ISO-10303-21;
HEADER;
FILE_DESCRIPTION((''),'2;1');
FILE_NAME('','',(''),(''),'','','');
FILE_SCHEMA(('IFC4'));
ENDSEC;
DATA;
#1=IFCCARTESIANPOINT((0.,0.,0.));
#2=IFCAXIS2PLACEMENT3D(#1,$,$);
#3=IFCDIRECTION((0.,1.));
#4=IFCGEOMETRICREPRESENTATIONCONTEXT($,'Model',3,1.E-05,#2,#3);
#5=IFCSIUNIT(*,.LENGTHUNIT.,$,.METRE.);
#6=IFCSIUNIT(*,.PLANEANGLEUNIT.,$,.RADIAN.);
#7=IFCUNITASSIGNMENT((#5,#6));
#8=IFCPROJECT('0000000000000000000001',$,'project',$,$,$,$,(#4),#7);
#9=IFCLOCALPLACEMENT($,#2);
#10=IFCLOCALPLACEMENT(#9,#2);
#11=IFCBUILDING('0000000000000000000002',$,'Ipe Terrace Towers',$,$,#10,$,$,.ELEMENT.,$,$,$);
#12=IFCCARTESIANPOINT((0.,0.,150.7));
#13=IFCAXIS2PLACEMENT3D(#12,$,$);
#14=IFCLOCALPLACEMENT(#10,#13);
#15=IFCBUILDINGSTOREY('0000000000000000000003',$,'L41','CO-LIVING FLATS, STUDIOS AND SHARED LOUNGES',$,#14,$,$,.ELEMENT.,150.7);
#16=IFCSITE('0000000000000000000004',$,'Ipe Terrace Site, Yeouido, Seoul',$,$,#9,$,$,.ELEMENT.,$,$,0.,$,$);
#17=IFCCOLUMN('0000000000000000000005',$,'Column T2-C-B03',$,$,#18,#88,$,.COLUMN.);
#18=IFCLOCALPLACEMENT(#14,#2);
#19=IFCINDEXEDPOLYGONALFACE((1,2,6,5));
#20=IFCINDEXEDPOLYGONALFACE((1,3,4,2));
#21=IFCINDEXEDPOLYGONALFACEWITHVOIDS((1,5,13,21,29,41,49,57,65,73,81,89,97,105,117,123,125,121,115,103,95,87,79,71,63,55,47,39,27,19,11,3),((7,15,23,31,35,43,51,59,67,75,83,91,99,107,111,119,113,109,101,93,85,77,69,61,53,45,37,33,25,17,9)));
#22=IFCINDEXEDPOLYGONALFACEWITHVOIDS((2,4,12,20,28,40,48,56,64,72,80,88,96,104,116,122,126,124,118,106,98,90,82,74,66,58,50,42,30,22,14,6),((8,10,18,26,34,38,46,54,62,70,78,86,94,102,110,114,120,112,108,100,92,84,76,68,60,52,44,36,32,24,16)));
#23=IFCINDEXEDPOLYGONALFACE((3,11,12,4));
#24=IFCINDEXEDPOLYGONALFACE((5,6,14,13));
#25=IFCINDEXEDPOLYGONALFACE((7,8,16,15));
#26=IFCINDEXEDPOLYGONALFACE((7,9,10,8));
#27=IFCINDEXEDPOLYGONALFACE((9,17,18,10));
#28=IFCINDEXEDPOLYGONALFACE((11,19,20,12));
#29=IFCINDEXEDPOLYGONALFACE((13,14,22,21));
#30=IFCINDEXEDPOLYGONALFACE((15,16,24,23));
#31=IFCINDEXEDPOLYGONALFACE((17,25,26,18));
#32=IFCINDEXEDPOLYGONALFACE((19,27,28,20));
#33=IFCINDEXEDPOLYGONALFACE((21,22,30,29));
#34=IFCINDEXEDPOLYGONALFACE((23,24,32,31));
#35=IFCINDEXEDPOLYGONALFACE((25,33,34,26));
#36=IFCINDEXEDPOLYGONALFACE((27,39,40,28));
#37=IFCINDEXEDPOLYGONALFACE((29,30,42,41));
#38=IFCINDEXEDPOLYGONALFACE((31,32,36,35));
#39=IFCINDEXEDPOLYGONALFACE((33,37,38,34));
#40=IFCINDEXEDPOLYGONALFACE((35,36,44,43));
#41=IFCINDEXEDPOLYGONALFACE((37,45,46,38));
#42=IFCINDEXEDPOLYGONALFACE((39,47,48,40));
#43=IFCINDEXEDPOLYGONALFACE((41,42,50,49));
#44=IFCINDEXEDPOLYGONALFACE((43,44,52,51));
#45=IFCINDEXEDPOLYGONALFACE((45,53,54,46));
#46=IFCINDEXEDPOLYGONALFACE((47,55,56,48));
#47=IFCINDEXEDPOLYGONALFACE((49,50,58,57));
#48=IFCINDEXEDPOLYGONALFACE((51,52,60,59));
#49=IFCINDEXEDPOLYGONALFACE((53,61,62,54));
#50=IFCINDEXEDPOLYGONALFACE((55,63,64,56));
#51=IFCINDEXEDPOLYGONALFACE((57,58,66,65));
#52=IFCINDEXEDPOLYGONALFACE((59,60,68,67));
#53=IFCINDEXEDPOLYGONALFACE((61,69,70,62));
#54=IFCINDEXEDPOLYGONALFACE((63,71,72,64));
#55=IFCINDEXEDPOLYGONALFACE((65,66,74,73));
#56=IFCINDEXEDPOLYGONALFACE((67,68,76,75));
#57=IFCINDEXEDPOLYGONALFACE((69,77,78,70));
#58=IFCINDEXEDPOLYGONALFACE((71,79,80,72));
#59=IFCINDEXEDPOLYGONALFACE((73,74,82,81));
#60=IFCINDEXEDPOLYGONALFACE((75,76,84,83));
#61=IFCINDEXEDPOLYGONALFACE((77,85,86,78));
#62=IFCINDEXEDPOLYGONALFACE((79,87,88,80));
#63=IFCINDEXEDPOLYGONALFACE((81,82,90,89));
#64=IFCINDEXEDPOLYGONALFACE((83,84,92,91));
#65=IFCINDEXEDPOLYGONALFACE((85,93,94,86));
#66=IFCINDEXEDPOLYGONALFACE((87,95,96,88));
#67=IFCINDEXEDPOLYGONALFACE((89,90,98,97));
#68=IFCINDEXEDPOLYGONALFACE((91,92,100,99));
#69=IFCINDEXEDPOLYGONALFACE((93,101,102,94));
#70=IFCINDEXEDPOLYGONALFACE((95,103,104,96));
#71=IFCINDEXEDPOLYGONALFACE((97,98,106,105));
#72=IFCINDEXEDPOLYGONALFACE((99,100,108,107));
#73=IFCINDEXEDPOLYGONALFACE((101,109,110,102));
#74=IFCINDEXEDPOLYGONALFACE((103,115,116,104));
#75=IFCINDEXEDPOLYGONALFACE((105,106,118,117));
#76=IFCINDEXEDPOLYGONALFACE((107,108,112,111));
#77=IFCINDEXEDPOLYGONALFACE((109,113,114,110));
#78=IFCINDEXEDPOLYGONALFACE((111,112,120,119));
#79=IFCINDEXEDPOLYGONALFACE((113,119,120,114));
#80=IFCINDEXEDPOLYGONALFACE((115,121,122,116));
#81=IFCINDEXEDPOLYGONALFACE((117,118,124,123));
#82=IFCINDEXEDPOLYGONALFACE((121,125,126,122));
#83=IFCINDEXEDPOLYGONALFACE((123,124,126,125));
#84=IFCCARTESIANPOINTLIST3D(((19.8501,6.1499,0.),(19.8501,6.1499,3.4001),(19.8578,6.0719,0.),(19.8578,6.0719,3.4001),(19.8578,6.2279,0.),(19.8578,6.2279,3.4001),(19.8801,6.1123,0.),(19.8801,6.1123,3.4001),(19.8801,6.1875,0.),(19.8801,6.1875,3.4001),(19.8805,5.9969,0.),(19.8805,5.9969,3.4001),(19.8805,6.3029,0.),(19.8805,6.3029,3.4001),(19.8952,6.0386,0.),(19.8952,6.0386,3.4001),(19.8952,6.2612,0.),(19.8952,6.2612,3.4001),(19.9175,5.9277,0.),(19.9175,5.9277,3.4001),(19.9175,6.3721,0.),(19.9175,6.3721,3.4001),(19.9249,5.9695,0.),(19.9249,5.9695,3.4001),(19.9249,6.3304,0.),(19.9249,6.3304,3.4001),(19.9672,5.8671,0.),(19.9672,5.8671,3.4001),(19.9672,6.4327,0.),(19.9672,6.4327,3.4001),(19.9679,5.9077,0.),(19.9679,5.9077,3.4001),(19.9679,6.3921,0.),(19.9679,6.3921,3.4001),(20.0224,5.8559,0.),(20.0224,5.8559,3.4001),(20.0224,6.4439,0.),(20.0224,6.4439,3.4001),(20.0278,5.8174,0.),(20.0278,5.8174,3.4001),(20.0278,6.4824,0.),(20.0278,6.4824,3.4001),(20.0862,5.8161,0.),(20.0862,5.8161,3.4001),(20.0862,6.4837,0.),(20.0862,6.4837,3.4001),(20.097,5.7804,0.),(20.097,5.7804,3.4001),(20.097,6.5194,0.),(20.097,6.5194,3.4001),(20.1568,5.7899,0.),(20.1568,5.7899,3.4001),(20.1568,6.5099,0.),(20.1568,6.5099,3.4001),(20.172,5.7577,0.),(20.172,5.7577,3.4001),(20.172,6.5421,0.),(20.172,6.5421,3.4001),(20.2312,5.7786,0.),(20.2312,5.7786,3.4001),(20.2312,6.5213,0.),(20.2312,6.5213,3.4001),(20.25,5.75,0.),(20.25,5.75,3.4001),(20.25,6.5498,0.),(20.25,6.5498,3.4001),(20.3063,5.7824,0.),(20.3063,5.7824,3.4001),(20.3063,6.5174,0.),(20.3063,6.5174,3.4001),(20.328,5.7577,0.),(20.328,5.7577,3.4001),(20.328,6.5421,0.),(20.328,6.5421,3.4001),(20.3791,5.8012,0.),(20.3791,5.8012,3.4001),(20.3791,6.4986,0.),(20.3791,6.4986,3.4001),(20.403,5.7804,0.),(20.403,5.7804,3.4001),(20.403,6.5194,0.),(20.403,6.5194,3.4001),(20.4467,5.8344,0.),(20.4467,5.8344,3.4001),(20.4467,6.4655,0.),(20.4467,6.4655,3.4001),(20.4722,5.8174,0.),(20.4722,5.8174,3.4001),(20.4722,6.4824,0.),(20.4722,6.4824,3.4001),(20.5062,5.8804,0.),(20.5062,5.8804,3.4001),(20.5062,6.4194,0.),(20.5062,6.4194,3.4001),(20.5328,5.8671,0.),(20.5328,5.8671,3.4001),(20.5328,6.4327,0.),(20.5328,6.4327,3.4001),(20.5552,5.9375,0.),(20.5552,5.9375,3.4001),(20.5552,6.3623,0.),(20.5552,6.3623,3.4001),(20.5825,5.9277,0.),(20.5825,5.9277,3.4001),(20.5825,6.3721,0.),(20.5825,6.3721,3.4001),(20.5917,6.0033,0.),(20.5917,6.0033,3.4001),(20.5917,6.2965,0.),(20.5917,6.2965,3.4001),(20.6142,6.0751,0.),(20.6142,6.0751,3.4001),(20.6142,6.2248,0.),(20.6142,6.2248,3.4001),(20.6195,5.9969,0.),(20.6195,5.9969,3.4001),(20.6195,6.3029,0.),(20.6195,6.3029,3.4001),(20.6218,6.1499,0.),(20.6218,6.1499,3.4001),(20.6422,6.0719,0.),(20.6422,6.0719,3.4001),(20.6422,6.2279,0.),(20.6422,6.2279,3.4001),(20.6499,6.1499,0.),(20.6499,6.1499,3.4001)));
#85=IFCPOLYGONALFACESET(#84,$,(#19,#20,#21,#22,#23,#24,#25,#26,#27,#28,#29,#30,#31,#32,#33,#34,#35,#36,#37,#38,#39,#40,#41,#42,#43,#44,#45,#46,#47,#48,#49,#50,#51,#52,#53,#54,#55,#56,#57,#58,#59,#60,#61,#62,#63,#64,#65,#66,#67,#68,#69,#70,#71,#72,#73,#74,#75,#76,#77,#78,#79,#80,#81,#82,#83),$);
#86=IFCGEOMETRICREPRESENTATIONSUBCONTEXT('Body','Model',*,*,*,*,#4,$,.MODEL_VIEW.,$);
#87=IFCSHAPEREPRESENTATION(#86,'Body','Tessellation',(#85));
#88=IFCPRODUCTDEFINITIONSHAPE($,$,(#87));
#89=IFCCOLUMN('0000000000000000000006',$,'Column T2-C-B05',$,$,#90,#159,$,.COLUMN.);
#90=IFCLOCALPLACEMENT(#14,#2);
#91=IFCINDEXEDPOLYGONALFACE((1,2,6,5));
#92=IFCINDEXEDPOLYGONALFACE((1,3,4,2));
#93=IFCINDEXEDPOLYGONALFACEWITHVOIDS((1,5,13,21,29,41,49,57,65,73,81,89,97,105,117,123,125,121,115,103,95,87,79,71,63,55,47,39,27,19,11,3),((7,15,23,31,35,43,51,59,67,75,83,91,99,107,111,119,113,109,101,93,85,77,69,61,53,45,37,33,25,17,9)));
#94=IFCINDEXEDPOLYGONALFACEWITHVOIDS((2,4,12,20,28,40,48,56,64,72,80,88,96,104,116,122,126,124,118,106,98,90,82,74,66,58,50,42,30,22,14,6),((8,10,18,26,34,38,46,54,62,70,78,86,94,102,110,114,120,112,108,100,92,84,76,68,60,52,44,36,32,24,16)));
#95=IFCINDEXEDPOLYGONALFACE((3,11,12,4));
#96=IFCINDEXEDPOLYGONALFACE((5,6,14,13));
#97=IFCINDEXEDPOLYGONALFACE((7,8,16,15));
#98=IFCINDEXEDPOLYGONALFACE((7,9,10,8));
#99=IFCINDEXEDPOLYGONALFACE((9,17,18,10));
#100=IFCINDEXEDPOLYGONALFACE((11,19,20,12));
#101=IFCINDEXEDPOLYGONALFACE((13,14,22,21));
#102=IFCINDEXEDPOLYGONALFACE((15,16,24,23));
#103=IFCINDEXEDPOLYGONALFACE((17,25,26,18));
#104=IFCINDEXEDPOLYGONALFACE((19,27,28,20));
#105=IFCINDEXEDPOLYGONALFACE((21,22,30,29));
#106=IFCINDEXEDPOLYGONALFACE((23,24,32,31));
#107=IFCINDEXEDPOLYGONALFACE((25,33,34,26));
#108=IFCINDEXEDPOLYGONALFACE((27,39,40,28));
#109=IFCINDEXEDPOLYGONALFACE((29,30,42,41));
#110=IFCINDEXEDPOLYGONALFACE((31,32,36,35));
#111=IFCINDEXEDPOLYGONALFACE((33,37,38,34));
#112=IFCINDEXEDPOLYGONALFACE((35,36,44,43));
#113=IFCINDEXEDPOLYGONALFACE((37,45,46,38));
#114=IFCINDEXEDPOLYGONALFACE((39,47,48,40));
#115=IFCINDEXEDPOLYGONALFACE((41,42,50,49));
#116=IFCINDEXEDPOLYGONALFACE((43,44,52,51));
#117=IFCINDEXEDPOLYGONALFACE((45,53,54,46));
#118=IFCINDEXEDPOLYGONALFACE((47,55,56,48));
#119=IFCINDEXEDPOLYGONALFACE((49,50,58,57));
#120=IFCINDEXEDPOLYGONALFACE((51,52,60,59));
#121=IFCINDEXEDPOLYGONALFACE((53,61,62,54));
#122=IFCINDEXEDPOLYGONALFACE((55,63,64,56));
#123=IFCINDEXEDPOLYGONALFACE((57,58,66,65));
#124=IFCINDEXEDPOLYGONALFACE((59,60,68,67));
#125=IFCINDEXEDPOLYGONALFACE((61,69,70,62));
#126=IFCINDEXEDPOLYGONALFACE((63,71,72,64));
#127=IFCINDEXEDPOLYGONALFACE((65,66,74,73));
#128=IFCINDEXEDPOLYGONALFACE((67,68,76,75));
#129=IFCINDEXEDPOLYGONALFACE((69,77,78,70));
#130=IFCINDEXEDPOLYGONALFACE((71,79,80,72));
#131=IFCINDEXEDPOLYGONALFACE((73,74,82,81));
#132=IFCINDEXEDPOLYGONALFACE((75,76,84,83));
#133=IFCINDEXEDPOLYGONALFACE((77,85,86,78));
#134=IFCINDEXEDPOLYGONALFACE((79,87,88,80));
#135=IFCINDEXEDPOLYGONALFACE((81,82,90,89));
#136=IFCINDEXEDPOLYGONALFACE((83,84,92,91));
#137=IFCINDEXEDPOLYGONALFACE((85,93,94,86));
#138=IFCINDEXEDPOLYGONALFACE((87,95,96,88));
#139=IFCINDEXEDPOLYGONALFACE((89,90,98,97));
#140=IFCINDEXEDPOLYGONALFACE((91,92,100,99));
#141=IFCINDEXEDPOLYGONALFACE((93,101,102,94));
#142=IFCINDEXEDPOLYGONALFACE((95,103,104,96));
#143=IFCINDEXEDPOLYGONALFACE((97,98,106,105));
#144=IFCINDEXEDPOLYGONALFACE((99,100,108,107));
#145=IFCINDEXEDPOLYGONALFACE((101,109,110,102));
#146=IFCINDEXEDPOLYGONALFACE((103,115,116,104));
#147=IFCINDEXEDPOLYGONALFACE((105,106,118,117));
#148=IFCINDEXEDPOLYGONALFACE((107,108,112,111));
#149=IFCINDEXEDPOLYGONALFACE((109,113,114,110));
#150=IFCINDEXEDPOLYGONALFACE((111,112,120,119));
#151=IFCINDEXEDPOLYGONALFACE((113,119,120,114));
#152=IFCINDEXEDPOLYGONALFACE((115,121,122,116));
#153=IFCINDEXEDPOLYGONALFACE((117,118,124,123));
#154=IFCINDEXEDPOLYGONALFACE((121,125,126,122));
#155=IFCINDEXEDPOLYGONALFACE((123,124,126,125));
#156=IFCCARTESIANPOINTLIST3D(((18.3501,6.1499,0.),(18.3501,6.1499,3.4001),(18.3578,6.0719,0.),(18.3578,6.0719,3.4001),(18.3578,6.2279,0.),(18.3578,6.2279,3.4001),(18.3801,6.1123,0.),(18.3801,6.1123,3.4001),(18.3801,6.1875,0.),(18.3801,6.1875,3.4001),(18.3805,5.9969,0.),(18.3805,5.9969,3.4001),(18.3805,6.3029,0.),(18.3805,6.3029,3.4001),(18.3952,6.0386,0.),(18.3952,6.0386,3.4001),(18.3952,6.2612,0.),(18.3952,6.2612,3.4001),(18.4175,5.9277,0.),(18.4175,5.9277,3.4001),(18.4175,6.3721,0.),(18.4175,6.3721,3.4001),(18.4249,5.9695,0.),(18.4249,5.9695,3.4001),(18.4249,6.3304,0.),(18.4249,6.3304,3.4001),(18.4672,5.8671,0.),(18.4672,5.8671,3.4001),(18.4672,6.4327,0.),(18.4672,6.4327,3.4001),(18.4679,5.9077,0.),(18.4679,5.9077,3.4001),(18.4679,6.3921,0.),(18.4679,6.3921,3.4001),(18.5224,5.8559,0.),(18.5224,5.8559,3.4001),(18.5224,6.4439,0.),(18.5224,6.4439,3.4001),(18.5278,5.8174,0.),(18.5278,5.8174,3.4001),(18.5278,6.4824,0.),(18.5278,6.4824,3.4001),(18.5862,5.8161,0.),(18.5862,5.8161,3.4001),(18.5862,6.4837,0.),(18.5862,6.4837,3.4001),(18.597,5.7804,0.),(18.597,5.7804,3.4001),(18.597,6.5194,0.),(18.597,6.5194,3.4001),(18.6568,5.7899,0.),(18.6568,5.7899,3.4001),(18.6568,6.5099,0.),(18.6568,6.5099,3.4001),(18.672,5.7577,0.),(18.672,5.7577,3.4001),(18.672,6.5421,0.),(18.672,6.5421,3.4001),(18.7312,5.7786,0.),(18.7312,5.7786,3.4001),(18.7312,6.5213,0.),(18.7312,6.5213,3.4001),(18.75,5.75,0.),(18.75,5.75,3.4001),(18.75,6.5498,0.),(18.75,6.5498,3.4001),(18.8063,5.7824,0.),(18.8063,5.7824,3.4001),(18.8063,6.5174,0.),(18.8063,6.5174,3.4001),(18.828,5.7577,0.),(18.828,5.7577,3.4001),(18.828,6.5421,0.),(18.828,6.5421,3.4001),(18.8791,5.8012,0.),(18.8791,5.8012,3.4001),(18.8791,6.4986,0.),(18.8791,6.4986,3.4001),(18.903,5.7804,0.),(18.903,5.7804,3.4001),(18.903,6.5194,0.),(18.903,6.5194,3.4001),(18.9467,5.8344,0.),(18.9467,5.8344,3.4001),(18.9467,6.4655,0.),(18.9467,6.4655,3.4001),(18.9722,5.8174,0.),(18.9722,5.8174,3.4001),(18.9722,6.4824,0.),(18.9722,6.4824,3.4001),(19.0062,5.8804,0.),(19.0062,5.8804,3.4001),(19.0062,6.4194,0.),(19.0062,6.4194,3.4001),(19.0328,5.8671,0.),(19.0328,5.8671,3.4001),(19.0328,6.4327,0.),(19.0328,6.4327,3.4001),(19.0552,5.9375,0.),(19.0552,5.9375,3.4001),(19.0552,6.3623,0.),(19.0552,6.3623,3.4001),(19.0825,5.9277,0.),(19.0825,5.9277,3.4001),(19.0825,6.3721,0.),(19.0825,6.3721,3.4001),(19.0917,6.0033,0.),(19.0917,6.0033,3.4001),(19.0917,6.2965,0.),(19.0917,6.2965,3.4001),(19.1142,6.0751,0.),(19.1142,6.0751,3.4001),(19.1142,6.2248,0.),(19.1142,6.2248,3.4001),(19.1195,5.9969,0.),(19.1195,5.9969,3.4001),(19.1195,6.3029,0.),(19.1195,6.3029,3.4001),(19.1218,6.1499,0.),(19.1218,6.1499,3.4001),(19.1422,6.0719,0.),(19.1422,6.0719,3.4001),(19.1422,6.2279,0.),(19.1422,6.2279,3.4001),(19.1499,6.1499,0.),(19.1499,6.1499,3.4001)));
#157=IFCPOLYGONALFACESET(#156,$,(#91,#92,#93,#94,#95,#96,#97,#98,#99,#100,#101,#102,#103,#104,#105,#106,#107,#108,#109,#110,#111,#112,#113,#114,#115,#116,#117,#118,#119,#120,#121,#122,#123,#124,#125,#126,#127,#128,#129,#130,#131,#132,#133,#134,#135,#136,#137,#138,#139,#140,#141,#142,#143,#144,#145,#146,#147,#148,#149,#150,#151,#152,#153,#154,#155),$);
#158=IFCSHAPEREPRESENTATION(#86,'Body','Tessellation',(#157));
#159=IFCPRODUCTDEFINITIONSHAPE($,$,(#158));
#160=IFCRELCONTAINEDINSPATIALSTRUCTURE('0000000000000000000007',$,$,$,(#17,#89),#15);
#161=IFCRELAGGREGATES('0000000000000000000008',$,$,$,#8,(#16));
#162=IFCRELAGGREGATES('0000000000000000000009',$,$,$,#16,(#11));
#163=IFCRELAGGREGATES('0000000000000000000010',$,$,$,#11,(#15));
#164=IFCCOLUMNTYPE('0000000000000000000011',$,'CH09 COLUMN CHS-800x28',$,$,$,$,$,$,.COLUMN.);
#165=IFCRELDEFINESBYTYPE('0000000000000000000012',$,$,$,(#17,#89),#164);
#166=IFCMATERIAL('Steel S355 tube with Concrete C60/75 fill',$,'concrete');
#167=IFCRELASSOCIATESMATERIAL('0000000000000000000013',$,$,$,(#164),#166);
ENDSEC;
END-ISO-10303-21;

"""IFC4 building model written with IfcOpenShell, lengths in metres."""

from ifc_helpers import new_model, si_unit, direction, frame, origin, origin_2d, place, context, subcontext, project, spatial, hollow_circle, extrude, material, material_profile, profile_set, type_object, element, save


model = new_model("IFC4")

# Units and contexts
model_context = context("Model", 3, precision=1e-05, world=origin(), true_north=direction((0.0, 1.0)))
body_context = subcontext(model_context, "Body", "Model", "MODEL_VIEW")
ifc_project = project(units=[si_unit("LENGTHUNIT", "METRE"), si_unit("PLANEANGLEUNIT", "RADIAN")], contexts=[model_context])

# Site, building, storey
site_placement = place(None, origin())
site = spatial("IfcSite", under=ifc_project, at=site_placement, Name="Ipe Terrace Site, Yeouido, Seoul", CompositionType="ELEMENT", RefElevation=0.0)
building_placement = place(site_placement, origin())
building = spatial("IfcBuilding", under=site, at=building_placement, Name="Ipe Terrace Towers", CompositionType="ELEMENT")
storey_placement = place(building_placement, frame((0.0, 0.0, 150.7)))
storey = spatial("IfcBuildingStorey", under=building, at=storey_placement, Name="L41", Description="CO-LIVING FLATS, STUDIOS AND SHARED LOUNGES", CompositionType="ELEMENT", Elevation=150.7)

# Columns
ifc_material_1 = material(Name="Steel S355 tube with Concrete C60/75 fill", Category="concrete")
ifc_material_profile_1 = material_profile(ifc_material_1, hollow_circle(Radius=0.3999, WallThickness=0.0281, at=origin_2d()), Name="CHS-800x28")
ifc_profile_set_1 = profile_set([ifc_material_profile_1], Name="Steel S355 tube with Concrete C60/75 fill")
column_type_1 = type_object("IfcColumnType", Name="CH09 COLUMN CHS-800x28", PredefinedType="COLUMN", material=ifc_profile_set_1)
for number, where, z_axis, x_axis, name in (
    (1, (20.25, 6.1499, 0.0), (0.0, 0.0, 1.0), (1.0, 0.0, 0.0), "Column T2-C-B03"),
    (2, (18.75, 6.1499, 0.0), (0.0, 0.0, 1.0), (1.0, 0.0, 0.0), "Column T2-C-B05"),
):
    element("IfcColumn", number, at=place(storey_placement, frame(where, z_axis=z_axis, x_axis=x_axis)), inside=storey, type_object=column_type_1, Name=name, PredefinedType="COLUMN", context=body_context, shape_type="SweptSolid", body=[
        extrude(hollow_circle(Radius=0.3999, WallThickness=0.0281, at=origin_2d()), origin(), (0.0, 0.0, 1.0), 3.4001),
    ])

save(model, "model.ifc")
